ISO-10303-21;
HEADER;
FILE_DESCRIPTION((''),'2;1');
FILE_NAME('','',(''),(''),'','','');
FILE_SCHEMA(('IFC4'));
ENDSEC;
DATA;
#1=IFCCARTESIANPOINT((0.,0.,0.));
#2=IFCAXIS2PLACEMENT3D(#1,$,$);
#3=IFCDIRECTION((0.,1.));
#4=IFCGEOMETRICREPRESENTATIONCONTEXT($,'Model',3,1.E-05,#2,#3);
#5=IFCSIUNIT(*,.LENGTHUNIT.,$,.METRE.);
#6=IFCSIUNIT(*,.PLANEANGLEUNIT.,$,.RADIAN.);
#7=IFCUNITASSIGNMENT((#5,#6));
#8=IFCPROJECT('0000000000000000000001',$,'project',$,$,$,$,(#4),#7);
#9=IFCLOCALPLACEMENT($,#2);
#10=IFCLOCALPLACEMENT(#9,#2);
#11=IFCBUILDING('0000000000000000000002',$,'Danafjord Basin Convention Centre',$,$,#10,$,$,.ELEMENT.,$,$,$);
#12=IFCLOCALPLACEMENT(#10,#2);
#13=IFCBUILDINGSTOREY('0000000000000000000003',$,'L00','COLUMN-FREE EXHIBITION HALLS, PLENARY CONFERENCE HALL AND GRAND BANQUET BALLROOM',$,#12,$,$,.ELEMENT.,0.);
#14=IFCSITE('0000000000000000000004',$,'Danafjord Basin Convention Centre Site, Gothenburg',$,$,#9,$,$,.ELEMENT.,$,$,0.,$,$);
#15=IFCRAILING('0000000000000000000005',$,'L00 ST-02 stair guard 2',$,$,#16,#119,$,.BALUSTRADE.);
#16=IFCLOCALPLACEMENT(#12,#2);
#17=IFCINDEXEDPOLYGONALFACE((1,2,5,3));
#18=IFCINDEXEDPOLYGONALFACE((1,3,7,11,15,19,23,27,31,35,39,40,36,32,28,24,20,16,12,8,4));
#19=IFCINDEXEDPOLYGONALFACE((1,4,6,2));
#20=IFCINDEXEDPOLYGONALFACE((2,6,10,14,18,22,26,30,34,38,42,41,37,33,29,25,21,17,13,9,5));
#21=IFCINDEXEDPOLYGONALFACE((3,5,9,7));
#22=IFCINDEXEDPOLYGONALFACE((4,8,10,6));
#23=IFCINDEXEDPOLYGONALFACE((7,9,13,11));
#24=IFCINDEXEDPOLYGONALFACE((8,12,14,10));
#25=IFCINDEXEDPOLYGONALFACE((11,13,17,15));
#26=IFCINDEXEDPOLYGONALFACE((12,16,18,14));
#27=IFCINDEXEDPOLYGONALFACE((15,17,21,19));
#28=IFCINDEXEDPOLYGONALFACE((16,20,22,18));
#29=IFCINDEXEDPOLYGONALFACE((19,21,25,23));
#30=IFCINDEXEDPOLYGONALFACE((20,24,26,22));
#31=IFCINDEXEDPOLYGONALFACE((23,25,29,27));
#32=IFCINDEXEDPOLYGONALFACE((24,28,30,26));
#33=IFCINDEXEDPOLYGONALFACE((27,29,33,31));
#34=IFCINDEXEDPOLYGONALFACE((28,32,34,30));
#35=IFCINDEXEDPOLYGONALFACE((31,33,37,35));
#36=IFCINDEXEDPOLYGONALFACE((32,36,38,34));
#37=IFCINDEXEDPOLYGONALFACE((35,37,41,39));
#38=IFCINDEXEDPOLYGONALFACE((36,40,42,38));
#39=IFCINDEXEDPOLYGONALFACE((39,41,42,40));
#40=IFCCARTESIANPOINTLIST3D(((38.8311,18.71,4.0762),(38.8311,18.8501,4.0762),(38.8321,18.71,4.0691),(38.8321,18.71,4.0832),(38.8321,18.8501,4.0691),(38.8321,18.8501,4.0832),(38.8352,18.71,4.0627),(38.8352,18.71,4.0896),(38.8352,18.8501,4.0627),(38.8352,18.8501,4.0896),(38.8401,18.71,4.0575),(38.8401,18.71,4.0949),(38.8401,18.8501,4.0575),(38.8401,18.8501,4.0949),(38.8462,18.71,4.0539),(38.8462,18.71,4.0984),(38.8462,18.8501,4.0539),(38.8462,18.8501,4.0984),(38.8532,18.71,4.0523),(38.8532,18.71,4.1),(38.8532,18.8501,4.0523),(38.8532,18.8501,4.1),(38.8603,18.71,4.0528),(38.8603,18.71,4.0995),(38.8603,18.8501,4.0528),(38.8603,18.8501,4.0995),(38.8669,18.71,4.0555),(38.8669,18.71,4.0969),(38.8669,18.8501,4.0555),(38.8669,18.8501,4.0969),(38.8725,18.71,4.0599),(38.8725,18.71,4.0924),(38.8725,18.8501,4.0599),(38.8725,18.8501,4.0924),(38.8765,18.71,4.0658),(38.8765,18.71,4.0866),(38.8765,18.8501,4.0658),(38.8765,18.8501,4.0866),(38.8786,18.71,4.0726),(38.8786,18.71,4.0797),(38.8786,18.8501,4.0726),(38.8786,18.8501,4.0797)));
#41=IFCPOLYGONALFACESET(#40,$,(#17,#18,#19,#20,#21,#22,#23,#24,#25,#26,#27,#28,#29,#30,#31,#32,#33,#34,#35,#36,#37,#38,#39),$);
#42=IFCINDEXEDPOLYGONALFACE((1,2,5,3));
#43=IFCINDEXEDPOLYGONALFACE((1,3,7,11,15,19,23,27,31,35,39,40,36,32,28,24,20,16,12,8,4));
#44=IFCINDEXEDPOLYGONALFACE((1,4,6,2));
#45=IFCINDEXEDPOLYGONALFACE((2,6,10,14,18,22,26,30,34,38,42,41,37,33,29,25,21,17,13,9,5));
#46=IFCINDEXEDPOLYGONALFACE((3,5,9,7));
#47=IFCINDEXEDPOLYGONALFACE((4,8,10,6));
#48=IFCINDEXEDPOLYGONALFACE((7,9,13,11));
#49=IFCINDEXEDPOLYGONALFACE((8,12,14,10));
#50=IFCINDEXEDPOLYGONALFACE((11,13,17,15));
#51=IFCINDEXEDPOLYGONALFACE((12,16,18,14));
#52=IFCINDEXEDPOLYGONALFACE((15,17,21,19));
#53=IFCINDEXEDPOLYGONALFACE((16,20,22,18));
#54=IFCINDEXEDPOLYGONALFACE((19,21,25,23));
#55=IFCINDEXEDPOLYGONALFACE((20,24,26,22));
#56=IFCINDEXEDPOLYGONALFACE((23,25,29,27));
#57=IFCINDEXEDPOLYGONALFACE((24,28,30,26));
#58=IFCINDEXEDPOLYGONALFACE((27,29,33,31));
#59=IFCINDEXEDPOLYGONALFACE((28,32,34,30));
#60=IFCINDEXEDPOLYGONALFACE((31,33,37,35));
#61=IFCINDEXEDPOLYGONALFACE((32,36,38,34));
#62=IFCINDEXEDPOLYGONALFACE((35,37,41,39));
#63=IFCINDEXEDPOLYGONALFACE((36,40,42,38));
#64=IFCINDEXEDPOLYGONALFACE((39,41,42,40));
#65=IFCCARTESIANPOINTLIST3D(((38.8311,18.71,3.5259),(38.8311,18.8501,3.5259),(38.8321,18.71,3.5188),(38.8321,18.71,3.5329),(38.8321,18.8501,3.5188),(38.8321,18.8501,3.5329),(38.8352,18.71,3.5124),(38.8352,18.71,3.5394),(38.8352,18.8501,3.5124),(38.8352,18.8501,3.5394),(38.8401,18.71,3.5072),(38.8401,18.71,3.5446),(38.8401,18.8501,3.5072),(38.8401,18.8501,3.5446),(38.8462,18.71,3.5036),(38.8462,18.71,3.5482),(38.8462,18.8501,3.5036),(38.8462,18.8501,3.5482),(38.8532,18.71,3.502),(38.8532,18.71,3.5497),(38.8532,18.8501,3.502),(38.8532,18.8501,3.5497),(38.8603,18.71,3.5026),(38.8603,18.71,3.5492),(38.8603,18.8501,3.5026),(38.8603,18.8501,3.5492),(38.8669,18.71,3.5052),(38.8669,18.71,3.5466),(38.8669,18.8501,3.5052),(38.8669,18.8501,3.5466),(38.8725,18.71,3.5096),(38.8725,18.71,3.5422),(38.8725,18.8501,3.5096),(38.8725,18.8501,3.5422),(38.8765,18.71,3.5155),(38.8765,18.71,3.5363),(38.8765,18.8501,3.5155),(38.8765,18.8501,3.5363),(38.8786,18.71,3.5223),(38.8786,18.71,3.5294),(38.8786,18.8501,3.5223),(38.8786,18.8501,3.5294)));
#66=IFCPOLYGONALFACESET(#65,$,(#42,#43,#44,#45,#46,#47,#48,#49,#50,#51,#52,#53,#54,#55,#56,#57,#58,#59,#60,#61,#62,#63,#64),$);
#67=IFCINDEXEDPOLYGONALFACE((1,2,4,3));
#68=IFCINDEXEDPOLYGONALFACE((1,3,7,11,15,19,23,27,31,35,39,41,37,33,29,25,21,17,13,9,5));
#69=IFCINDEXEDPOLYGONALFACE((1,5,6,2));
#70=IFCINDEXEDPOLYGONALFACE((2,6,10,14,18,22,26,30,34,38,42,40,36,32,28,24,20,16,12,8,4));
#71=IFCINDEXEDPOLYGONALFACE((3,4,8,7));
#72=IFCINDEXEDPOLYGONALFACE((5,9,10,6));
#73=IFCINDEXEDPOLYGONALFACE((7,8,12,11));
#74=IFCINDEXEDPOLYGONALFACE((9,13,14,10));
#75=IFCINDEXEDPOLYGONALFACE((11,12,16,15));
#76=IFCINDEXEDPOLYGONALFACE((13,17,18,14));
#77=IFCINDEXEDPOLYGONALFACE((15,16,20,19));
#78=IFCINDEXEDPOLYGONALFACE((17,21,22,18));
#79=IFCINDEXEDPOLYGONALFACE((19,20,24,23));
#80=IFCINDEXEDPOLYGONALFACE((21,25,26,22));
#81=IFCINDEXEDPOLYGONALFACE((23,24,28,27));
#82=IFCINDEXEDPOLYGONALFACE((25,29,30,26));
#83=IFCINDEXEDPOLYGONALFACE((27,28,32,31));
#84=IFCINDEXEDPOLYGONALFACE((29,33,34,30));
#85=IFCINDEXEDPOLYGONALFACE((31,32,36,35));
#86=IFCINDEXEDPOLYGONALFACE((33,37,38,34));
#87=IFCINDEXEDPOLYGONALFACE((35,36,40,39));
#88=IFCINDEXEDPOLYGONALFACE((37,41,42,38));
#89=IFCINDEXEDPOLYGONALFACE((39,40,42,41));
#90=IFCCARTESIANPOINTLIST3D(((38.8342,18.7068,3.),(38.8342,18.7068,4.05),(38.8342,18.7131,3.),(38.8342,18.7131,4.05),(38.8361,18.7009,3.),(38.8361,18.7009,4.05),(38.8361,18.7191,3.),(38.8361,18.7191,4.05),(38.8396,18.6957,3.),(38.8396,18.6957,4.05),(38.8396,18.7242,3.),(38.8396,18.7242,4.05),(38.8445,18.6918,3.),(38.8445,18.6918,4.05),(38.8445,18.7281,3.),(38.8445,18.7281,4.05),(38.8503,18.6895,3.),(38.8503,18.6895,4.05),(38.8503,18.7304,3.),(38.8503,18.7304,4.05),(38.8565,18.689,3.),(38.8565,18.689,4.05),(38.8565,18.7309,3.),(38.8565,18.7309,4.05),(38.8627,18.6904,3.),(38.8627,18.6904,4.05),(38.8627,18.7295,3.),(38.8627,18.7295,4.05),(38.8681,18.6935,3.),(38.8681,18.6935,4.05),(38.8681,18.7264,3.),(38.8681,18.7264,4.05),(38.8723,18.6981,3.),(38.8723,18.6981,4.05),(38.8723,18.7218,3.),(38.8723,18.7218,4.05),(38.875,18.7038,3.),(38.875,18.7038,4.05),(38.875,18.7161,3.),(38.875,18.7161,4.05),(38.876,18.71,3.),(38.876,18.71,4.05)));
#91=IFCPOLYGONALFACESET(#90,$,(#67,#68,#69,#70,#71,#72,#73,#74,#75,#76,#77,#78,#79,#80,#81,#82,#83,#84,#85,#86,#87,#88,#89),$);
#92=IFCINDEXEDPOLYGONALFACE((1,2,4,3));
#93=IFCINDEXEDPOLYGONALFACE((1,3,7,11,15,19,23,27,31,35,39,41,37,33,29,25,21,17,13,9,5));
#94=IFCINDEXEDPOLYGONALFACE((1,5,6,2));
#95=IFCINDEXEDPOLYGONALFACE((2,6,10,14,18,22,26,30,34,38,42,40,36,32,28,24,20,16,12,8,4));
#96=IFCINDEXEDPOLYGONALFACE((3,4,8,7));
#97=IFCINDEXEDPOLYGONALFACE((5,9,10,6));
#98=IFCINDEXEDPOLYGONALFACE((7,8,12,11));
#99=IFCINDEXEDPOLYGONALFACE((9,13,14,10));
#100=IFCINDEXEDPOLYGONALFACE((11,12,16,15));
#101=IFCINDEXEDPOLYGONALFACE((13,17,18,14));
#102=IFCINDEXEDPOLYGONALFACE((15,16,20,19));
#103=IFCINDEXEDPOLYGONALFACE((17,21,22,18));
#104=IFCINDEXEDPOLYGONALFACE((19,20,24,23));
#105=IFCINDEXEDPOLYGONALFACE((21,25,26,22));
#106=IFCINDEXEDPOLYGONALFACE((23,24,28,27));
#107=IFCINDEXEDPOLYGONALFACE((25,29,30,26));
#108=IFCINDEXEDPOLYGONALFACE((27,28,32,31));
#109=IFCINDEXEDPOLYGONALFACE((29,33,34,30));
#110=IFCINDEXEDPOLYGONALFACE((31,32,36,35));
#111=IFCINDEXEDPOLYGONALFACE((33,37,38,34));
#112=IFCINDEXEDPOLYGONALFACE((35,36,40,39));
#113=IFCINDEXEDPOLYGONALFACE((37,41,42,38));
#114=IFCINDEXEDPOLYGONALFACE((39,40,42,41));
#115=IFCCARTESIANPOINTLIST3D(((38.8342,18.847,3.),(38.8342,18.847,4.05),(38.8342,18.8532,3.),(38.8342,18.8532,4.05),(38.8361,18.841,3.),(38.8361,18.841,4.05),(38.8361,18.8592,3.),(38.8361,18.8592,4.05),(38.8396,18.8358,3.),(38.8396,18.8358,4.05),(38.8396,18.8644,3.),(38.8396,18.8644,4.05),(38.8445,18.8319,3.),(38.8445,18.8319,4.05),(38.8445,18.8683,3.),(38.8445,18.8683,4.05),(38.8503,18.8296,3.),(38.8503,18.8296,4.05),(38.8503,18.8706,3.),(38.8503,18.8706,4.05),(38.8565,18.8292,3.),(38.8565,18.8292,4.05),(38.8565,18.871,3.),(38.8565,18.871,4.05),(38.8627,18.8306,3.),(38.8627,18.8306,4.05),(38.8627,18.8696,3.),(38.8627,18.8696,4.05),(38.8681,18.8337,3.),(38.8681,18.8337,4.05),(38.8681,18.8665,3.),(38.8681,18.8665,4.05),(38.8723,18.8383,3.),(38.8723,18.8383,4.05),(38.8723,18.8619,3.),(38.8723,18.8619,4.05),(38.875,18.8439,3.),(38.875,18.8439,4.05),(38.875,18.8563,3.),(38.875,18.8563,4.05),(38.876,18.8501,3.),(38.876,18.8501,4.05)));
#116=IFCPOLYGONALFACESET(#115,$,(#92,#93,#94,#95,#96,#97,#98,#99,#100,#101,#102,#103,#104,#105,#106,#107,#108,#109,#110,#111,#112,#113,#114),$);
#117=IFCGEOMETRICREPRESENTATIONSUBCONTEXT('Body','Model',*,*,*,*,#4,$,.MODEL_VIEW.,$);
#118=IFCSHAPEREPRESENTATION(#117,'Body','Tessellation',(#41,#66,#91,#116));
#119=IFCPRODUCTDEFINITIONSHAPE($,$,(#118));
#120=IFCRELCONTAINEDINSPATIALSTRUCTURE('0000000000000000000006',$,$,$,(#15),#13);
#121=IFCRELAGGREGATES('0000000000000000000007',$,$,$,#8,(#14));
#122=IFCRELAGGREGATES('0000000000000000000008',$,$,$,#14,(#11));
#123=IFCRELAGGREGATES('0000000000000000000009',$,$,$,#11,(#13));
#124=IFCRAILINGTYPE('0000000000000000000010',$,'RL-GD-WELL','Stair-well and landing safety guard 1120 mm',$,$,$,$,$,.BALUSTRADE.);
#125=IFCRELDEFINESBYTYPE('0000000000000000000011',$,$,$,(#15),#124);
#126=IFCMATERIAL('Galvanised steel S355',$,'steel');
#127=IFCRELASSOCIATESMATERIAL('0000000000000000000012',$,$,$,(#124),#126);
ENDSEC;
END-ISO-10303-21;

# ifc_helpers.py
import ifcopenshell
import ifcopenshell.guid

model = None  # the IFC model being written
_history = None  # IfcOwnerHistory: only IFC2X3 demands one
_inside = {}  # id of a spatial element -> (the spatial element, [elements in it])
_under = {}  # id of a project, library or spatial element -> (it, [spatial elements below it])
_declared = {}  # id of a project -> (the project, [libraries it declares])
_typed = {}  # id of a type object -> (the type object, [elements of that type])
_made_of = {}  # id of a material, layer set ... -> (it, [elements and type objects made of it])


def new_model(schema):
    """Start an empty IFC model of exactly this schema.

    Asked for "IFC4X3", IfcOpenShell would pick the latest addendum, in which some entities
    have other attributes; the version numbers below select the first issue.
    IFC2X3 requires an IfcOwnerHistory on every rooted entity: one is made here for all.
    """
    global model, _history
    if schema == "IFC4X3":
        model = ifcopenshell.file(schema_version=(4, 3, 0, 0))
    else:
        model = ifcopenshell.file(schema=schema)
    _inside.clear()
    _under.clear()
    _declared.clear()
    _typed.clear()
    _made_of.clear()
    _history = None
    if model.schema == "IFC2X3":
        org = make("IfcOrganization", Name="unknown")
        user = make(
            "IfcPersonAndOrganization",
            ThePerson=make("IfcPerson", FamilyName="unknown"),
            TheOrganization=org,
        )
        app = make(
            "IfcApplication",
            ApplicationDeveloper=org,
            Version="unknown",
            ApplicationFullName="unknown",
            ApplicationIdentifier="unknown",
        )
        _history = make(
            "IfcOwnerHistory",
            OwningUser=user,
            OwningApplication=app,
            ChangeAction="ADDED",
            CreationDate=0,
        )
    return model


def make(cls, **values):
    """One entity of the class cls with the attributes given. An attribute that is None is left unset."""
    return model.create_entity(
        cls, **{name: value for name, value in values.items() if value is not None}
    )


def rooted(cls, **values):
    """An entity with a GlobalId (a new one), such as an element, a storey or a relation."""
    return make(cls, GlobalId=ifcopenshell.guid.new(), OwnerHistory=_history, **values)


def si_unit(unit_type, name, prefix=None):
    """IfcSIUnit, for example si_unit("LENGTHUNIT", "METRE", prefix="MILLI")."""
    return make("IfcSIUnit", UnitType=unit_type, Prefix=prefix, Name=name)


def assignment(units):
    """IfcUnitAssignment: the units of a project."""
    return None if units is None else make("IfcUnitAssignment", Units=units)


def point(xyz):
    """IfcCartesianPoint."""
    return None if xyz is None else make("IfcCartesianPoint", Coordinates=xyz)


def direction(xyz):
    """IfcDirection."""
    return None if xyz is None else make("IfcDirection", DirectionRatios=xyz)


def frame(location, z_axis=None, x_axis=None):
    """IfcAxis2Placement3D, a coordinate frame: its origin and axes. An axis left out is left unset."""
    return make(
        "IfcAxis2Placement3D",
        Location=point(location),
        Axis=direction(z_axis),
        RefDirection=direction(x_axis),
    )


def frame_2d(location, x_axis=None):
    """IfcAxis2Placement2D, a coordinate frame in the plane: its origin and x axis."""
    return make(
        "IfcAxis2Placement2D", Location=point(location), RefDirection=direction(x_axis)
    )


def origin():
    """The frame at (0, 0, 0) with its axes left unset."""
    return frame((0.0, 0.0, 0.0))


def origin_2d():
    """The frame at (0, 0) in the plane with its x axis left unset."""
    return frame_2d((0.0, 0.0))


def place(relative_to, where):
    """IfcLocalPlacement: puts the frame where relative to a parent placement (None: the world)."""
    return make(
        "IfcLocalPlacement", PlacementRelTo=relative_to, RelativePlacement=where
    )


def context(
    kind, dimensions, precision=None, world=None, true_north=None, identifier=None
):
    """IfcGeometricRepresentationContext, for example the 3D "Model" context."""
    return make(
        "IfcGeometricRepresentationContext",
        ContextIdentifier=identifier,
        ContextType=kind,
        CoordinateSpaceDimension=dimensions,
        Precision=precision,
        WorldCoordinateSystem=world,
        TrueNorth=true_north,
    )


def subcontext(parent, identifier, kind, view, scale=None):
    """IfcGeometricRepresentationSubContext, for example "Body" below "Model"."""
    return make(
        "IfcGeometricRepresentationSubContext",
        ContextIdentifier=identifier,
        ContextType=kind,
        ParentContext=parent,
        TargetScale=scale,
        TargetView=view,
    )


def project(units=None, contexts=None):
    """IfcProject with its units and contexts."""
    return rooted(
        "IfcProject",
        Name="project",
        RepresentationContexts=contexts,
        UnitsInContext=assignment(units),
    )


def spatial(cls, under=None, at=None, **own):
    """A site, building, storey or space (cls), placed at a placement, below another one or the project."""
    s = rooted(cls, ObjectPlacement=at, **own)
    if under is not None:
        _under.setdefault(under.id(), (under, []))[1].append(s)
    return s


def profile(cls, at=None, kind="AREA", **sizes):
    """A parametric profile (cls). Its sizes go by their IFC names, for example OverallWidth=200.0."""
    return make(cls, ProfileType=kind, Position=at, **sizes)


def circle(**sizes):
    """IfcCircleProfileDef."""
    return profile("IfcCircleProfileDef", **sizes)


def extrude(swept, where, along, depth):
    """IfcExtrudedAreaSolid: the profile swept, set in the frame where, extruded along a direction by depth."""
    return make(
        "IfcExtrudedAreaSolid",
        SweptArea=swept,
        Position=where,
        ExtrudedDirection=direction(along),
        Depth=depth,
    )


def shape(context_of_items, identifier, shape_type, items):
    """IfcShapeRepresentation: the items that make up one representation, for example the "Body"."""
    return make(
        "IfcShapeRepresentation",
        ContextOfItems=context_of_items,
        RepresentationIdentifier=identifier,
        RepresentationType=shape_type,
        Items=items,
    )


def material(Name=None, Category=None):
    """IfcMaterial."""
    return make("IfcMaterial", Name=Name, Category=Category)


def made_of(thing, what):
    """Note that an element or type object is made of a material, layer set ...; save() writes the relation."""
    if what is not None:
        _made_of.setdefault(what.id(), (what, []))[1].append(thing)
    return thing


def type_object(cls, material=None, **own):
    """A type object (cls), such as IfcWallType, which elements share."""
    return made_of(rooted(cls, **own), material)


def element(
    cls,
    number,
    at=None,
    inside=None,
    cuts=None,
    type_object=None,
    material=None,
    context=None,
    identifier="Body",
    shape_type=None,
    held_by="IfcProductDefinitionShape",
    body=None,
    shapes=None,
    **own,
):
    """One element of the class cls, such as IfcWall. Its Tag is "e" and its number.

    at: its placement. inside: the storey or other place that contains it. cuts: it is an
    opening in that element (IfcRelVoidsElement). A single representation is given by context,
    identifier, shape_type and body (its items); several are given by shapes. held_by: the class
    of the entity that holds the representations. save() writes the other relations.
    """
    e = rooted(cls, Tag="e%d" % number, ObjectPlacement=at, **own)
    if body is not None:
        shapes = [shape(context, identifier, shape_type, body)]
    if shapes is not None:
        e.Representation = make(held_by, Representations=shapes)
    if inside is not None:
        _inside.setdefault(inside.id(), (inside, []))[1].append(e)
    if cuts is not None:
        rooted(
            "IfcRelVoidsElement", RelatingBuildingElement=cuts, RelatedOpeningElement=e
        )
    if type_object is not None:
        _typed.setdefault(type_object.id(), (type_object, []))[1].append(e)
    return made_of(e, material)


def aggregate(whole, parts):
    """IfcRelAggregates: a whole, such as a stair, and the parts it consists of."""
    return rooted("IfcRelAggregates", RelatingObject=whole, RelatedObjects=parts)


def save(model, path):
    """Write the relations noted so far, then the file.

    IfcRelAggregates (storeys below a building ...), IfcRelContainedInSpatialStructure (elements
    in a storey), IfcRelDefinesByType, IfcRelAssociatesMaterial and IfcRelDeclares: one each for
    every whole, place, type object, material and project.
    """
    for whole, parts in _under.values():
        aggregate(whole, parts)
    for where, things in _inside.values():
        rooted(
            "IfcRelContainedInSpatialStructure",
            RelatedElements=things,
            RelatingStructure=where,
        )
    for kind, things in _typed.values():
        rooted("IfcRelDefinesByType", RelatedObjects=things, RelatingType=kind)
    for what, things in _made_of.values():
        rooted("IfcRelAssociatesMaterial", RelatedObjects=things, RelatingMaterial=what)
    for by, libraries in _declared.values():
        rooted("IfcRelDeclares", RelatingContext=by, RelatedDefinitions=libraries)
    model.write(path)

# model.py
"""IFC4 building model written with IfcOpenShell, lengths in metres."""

from ifc_helpers import new_model, si_unit, direction, frame, origin, origin_2d, place, context, subcontext, project, spatial, circle, extrude, material, type_object, element, save


model = new_model("IFC4")

# Units and contexts
model_context = context("Model", 3, precision=1e-05, world=origin(), true_north=direction((0.0, 1.0)))
body_context = subcontext(model_context, "Body", "Model", "MODEL_VIEW")
ifc_project = project(units=[si_unit("LENGTHUNIT", "METRE"), si_unit("PLANEANGLEUNIT", "RADIAN")], contexts=[model_context])

# Site, building, storey
site_placement = place(None, origin())
site = spatial("IfcSite", under=ifc_project, at=site_placement, Name="Danafjord Basin Convention Centre Site, Gothenburg", CompositionType="ELEMENT", RefElevation=0.0)
building_placement = place(site_placement, origin())
building = spatial("IfcBuilding", under=site, at=building_placement, Name="Danafjord Basin Convention Centre", CompositionType="ELEMENT")
storey_placement = place(building_placement, origin())
storey = spatial("IfcBuildingStorey", under=building, at=storey_placement, Name="L00", Description="COLUMN-FREE EXHIBITION HALLS, PLENARY CONFERENCE HALL AND GRAND BANQUET BALLROOM", CompositionType="ELEMENT", Elevation=0.0)

# Railing
ifc_material_1 = material(Name="Galvanised steel S355", Category="steel")
railing_type_1 = type_object("IfcRailingType", Name="RL-GD-WELL", Description="Stair-well and landing safety guard 1120 mm", PredefinedType="BALUSTRADE", material=ifc_material_1)
for number, where, name in (
    (1, (38.855, 18.71, 3.0), "L00 ST-02 stair guard 2"),
):
    element("IfcRailing", number, at=place(storey_placement, frame(where)), inside=storey, type_object=railing_type_1, Name=name, PredefinedType="BALUSTRADE", context=body_context, shape_type="SweptSolid", body=[
        extrude(circle(Radius=0.0239, at=origin_2d()), frame((0.0, 0.0, 1.0762), z_axis=(0.0, 1.0, 0.0), x_axis=(-1.0, 0.0, 0.0)), (0.0, 0.0, 1.0), 0.1401),
        extrude(circle(Radius=0.0239, at=origin_2d()), frame((0.0, 0.0, 0.5259), z_axis=(0.0, 1.0, 0.0), x_axis=(-1.0, 0.0, 0.0)), (0.0, 0.0, 1.0), 0.1401),
        extrude(circle(Radius=0.021, at=origin_2d()), origin(), (0.0, 0.0, 1.0), 1.05),
        extrude(circle(Radius=0.021, at=origin_2d()), frame((0.0, 0.1401, 0.0)), (0.0, 0.0, 1.0), 1.05),
    ])

save(model, "model.ifc")
